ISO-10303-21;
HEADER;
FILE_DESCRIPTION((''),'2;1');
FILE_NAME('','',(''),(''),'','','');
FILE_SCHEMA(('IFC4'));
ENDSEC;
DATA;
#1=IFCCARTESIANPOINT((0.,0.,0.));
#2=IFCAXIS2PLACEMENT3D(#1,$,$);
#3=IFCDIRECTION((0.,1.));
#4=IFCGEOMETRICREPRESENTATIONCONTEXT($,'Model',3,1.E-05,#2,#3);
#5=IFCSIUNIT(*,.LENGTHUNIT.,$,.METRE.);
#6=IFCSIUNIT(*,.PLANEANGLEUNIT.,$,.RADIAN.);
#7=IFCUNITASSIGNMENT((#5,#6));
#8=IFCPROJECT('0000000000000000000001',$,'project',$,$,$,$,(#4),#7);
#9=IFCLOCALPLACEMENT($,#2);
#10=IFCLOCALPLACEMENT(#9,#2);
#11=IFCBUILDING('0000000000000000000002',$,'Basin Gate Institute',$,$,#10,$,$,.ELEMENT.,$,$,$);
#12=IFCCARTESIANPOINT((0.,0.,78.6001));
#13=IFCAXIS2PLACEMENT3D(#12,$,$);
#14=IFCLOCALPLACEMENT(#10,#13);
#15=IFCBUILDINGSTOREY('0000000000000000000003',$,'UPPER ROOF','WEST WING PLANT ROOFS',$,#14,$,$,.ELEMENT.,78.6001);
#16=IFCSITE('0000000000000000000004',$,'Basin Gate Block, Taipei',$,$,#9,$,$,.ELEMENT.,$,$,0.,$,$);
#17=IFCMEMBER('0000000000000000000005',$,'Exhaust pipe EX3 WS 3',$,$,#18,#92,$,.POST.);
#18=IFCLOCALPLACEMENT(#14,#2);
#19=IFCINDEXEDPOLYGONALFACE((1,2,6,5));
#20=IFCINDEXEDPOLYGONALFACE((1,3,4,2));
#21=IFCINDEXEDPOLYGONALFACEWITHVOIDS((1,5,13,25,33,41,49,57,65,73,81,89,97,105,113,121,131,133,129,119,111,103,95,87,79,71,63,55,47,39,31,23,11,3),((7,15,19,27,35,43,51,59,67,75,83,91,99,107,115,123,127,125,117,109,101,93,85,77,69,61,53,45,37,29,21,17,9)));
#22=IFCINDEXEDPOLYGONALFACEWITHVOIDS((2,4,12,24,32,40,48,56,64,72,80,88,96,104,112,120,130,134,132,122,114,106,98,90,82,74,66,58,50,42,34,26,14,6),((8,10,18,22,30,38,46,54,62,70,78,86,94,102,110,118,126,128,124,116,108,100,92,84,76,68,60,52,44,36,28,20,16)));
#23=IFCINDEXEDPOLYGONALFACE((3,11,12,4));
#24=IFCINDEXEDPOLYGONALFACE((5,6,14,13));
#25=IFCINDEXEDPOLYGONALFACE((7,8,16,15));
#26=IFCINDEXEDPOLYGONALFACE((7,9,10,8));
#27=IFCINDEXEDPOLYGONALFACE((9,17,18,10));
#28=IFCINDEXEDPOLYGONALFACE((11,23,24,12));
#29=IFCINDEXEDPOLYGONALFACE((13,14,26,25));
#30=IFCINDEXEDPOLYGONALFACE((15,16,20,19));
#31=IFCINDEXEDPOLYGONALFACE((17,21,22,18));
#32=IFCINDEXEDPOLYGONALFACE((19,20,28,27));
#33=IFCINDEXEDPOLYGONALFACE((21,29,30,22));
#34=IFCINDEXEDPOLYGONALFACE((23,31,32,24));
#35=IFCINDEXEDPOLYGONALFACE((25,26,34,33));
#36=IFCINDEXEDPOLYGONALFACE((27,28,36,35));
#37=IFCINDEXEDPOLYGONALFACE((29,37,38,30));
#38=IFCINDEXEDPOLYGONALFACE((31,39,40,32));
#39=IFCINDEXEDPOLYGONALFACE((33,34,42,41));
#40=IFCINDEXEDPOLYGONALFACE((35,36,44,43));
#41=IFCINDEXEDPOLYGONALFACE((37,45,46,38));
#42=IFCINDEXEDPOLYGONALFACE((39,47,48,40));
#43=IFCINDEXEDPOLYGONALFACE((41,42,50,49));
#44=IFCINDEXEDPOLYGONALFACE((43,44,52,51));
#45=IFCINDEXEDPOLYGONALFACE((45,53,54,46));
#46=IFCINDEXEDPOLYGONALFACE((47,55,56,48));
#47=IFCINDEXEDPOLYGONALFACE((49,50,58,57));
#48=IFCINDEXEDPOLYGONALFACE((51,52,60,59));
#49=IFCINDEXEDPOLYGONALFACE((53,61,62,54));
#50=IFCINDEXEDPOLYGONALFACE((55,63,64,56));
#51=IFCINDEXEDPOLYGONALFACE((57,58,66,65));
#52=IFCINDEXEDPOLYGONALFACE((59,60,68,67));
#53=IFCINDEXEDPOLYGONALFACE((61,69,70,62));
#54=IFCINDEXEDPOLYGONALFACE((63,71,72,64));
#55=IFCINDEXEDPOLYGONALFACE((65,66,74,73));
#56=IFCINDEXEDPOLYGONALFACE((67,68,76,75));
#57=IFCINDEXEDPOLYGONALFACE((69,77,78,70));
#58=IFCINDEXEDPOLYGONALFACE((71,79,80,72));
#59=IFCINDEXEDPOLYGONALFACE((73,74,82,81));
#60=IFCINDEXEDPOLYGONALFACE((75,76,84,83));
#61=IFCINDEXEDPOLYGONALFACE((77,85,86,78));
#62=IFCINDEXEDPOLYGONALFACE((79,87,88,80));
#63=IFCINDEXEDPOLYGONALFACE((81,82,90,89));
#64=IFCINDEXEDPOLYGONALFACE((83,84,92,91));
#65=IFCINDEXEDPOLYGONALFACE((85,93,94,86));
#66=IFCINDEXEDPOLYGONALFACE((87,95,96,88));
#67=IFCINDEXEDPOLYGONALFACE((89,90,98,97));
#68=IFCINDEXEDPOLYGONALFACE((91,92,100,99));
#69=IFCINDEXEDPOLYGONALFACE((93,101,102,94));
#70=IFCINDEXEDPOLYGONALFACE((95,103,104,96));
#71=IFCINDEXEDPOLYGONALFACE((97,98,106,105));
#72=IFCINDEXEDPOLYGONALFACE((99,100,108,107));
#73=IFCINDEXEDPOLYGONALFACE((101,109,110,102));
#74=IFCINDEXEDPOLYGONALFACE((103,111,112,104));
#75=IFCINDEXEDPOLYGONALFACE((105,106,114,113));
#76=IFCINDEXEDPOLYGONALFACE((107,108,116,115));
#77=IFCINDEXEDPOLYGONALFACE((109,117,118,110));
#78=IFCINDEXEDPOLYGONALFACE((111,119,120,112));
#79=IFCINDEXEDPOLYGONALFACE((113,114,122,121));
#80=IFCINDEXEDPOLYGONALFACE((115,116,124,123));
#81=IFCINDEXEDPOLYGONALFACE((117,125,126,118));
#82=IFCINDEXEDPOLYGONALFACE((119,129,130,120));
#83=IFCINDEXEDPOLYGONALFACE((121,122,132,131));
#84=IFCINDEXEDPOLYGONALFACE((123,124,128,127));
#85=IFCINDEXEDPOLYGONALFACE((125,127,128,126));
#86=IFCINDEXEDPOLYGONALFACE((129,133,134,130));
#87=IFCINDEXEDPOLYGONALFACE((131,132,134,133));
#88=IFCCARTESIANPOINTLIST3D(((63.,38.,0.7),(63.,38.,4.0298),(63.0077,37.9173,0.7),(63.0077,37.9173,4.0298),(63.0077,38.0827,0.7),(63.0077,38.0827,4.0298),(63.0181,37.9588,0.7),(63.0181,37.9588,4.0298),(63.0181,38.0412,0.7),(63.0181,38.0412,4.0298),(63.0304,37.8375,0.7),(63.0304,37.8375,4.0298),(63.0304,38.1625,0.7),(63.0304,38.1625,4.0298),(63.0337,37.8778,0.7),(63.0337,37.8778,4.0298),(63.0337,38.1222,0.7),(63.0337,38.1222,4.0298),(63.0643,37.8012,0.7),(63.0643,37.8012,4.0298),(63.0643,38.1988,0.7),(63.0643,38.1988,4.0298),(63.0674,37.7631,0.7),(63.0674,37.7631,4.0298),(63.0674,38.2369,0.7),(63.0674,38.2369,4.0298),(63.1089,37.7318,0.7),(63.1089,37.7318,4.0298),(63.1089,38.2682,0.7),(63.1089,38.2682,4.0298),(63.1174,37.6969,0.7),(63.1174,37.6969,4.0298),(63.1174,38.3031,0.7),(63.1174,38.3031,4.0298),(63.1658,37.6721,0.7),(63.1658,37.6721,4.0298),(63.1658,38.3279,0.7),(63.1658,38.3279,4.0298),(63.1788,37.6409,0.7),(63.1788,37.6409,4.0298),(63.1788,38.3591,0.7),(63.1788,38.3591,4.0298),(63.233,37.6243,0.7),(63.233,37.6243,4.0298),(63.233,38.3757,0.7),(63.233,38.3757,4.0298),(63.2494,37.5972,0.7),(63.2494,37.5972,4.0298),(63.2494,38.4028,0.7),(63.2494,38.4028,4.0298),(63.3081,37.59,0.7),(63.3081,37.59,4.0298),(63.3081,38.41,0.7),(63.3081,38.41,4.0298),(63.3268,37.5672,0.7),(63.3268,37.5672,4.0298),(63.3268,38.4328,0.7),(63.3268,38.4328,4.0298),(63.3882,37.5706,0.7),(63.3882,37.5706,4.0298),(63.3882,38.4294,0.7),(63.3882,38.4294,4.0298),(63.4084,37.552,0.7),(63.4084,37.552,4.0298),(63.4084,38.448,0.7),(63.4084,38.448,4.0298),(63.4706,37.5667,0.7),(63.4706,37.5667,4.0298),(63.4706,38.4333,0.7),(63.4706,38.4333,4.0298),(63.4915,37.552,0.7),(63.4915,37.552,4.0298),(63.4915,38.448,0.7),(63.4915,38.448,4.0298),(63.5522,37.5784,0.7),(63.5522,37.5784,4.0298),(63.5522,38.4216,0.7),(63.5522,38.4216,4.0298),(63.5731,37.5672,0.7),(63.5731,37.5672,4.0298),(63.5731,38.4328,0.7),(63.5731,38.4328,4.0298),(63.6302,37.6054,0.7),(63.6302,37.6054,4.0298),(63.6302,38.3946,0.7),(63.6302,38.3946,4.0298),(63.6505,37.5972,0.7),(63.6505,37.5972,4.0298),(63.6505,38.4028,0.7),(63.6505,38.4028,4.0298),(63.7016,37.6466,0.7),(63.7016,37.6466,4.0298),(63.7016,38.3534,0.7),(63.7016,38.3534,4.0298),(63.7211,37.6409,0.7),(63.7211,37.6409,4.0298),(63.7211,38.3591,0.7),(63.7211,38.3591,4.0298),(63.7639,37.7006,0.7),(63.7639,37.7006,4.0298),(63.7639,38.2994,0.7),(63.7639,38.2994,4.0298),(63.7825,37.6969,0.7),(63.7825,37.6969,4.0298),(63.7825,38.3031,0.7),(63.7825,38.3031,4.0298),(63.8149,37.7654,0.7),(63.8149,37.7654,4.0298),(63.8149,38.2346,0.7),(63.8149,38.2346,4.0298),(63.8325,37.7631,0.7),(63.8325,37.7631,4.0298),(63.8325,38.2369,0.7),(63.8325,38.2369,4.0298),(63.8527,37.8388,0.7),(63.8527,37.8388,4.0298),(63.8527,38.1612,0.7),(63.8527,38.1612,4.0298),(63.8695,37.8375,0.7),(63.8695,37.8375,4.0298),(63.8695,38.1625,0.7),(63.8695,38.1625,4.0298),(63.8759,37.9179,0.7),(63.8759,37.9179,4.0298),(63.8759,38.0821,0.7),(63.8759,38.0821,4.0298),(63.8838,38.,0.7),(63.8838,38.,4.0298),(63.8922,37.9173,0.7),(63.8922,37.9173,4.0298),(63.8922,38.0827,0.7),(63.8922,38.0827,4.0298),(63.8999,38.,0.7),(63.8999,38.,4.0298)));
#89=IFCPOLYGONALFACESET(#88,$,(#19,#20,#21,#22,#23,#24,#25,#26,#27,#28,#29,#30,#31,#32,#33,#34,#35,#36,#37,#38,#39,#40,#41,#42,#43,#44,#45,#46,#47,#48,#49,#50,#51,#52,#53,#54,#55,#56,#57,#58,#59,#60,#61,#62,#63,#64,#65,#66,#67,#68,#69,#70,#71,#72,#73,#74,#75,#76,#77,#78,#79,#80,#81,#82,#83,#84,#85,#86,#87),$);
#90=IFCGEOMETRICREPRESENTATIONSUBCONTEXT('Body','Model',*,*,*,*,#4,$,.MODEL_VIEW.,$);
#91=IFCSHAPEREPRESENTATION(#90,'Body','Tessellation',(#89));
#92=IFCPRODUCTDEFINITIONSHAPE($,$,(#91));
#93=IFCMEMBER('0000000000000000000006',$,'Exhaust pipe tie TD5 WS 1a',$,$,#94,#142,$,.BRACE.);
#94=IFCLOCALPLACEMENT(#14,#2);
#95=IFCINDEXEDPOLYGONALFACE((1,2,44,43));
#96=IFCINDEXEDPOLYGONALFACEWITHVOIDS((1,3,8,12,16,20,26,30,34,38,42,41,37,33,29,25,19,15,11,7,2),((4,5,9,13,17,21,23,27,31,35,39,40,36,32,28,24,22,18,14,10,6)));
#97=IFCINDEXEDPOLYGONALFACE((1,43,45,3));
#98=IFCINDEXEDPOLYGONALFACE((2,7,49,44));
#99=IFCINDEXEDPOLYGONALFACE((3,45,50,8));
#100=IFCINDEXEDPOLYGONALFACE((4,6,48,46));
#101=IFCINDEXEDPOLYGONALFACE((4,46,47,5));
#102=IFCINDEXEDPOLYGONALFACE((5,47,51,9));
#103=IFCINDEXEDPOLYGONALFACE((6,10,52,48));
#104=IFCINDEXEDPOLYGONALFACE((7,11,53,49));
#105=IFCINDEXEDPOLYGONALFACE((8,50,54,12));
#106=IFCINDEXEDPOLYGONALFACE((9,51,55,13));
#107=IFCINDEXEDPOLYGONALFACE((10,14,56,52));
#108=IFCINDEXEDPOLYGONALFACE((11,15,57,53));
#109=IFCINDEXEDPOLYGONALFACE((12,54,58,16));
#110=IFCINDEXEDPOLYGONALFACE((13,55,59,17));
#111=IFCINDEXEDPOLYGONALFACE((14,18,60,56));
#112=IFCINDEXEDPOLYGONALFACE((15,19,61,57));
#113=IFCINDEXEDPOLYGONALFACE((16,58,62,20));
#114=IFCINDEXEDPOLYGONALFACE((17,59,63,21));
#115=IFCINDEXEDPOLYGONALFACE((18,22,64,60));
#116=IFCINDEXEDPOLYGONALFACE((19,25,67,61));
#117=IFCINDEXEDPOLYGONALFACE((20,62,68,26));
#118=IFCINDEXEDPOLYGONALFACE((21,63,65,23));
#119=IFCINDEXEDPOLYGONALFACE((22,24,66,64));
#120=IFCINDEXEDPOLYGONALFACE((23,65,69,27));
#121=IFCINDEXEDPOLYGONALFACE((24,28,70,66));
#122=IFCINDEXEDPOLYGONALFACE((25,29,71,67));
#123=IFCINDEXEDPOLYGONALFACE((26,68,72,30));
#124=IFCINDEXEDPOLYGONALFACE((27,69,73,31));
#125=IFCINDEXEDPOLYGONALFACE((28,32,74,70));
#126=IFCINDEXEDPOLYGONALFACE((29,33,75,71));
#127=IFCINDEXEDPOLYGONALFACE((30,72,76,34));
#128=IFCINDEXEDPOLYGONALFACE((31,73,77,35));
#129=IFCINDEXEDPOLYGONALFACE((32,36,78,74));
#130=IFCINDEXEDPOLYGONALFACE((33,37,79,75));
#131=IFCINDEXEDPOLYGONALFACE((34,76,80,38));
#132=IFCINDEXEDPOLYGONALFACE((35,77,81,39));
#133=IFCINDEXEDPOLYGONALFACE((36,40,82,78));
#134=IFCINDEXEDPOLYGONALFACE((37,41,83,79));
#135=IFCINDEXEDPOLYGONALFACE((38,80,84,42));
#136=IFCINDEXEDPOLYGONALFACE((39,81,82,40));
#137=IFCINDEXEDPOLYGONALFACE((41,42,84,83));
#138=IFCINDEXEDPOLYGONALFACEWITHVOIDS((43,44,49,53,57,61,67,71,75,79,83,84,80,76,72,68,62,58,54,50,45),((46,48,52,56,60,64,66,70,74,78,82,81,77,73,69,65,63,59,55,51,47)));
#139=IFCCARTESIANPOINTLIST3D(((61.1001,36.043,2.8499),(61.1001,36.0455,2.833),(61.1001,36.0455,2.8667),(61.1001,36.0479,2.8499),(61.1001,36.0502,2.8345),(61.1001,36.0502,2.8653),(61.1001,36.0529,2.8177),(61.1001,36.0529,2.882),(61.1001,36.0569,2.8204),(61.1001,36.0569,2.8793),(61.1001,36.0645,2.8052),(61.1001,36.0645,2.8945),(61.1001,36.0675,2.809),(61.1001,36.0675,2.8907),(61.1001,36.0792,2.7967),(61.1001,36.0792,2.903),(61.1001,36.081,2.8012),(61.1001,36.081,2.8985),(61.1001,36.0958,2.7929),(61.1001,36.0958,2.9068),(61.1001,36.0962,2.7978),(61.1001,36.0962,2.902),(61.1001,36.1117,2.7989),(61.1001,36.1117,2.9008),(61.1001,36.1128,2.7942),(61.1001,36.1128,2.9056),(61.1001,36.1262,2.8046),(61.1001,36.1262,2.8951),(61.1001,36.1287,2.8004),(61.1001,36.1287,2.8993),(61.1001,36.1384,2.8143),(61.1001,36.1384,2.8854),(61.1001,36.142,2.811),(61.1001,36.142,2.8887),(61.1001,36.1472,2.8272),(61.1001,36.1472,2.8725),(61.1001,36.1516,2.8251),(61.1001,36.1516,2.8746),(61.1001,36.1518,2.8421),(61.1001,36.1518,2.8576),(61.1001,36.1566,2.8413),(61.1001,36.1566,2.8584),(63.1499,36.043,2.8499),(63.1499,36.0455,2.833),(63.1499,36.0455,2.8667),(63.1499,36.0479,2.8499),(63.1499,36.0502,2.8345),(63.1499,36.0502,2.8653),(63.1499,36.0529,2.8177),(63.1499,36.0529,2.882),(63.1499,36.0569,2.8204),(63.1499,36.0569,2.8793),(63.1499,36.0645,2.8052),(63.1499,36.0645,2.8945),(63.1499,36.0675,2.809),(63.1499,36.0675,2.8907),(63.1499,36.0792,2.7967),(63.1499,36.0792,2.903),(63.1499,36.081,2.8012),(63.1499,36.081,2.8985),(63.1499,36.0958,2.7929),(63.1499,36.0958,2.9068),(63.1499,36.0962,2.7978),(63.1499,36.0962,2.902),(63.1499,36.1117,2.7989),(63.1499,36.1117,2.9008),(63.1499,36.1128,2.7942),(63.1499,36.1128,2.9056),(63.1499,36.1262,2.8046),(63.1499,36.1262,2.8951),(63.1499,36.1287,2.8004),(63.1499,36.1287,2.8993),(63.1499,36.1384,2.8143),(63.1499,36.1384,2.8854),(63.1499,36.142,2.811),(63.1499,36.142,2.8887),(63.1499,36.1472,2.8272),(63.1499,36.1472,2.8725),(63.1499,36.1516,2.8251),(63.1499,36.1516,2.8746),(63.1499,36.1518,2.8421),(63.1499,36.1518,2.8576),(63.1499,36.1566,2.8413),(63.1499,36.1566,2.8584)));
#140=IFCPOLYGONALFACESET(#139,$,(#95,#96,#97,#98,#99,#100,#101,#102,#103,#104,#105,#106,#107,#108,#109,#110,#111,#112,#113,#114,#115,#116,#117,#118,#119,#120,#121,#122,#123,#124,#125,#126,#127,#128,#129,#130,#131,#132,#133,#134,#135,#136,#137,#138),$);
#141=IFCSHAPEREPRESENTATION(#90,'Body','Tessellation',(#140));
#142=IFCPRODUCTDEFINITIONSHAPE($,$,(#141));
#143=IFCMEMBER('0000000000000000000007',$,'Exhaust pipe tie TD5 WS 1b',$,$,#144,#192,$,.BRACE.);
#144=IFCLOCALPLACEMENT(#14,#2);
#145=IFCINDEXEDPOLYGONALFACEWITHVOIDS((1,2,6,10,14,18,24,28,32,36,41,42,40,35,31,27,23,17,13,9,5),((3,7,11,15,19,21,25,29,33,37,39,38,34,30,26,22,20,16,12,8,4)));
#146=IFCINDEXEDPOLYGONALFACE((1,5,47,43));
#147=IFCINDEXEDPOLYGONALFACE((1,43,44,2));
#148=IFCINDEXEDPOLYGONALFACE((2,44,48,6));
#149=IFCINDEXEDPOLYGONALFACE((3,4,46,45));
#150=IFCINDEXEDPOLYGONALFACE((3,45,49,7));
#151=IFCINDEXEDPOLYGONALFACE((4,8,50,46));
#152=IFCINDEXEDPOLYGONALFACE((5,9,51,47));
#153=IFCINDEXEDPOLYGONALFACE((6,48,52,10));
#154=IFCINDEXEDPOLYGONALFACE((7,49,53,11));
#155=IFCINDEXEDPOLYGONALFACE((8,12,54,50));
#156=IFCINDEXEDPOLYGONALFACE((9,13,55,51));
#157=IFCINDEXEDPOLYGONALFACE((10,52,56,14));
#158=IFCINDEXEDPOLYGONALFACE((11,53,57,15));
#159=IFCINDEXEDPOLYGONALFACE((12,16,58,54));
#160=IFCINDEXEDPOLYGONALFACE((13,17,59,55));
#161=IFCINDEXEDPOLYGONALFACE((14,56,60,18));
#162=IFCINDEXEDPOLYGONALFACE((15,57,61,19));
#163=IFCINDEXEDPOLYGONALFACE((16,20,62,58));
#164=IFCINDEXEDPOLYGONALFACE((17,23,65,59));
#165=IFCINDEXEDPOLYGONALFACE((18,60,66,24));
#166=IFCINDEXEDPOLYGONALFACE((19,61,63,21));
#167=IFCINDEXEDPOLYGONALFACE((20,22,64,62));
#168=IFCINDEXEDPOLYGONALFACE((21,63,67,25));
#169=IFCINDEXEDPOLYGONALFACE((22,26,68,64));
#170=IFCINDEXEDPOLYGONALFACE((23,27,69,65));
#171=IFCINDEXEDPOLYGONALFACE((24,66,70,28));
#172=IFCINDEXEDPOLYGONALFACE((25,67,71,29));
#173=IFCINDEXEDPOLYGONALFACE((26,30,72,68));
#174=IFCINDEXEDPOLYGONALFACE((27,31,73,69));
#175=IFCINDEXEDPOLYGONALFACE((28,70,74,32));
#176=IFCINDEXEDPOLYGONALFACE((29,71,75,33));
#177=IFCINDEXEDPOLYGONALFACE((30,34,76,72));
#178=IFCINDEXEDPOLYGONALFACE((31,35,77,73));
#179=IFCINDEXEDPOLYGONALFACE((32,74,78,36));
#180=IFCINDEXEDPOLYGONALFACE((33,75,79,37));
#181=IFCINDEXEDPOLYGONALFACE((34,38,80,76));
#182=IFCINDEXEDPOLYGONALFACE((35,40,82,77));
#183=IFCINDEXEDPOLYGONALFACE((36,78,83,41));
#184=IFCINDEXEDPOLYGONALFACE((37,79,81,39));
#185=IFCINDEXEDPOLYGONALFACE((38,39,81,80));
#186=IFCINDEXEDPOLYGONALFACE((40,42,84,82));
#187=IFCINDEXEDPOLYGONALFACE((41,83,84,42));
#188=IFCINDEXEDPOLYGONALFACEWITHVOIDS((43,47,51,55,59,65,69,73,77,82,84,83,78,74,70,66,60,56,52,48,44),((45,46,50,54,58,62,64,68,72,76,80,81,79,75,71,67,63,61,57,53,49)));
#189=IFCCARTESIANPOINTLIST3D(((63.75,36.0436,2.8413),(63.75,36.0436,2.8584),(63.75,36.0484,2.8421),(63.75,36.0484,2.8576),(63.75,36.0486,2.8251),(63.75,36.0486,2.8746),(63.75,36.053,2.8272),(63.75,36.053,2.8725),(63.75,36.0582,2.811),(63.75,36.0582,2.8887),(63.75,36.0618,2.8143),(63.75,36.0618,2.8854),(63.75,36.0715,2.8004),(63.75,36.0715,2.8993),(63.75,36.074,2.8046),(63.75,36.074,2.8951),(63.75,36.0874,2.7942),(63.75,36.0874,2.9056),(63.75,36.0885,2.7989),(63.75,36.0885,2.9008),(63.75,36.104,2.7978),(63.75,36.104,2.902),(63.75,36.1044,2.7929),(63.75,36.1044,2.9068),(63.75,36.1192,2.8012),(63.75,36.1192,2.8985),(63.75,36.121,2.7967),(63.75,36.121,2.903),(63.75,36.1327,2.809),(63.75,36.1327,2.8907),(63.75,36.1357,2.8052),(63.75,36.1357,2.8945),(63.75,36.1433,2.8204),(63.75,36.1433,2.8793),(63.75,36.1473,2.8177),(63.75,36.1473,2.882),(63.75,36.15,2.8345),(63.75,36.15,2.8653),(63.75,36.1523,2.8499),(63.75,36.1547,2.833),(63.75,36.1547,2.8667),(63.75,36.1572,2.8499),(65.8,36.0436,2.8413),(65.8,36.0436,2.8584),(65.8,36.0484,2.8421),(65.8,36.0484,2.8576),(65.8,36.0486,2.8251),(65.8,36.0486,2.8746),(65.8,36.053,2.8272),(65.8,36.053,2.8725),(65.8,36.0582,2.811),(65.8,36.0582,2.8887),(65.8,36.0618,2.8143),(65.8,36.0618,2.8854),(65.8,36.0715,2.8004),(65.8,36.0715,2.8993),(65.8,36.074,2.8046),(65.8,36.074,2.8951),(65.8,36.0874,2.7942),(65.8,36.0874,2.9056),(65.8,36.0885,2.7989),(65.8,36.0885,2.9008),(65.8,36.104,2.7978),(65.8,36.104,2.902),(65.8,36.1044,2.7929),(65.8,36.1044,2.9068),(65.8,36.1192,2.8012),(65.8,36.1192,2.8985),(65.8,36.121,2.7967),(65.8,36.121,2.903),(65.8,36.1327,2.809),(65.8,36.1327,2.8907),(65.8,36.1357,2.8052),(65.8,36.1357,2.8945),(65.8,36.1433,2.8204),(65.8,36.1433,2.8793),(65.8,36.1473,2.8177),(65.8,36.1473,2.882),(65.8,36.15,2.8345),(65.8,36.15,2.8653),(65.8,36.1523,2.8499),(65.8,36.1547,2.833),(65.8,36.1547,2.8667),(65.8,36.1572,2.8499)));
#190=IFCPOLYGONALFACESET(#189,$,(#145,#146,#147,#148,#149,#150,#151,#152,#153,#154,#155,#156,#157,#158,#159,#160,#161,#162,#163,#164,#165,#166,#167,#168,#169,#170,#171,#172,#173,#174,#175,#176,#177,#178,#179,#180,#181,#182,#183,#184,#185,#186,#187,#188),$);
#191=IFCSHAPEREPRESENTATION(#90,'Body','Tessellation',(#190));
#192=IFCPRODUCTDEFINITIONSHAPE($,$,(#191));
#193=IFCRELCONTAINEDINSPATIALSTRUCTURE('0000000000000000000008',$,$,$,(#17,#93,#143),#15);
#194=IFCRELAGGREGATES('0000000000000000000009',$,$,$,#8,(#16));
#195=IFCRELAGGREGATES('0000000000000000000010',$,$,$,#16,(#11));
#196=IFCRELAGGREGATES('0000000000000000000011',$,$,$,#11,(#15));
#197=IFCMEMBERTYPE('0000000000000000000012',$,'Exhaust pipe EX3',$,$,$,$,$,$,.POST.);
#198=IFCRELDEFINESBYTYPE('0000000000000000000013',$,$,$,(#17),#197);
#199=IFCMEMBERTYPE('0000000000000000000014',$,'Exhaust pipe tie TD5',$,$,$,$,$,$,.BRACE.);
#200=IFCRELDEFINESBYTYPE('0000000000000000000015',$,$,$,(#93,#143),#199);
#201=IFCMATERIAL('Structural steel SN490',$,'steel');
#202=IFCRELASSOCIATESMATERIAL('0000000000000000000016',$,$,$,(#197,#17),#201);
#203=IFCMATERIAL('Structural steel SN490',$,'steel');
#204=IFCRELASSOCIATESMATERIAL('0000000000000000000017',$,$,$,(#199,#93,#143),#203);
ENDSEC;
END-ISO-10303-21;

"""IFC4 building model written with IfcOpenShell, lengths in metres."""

from ifc_helpers import new_model, si_unit, direction, frame, origin, origin_2d, place, context, subcontext, project, spatial, hollow_circle, extrude, material, material_profile, profile_set, type_object, element, save


model = new_model("IFC4")

# Units and contexts
model_context = context("Model", 3, precision=1e-05, world=origin(), true_north=direction((0.0, 1.0)))
body_context = subcontext(model_context, "Body", "Model", "MODEL_VIEW")
ifc_project = project(units=[si_unit("LENGTHUNIT", "METRE"), si_unit("PLANEANGLEUNIT", "RADIAN")], contexts=[model_context])

# Site, building, storey
site_placement = place(None, origin())
site = spatial("IfcSite", under=ifc_project, at=site_placement, Name="Basin Gate Block, Taipei", CompositionType="ELEMENT", RefElevation=0.0)
building_placement = place(site_placement, origin())
building = spatial("IfcBuilding", under=site, at=building_placement, Name="Basin Gate Institute", CompositionType="ELEMENT")
storey_placement = place(building_placement, frame((0.0, 0.0, 78.6001)))
storey = spatial("IfcBuildingStorey", under=building, at=storey_placement, Name="UPPER ROOF", Description="WEST WING PLANT ROOFS", CompositionType="ELEMENT", Elevation=78.6001)

# Members
ifc_material_1 = material(Name="Structural steel SN490", Category="steel")
ifc_material_profile_1 = material_profile(ifc_material_1, hollow_circle(Radius=0.45, WallThickness=0.0161, at=origin_2d()), Name="CHS900x16")
ifc_profile_set_1 = profile_set([ifc_material_profile_1], Name="Structural steel SN490")
member_type_1 = type_object("IfcMemberType", Name="Exhaust pipe EX3", PredefinedType="POST", material=ifc_profile_set_1)
member_1_placement = place(storey_placement, frame((63.45, 38.0, 0.7), z_axis=(0.0, 0.0, 1.0), x_axis=(1.0, 0.0, 0.0)))
element("IfcMember", 1, at=member_1_placement, inside=storey, type_object=member_type_1, material=ifc_profile_set_1, Name="Exhaust pipe EX3 WS 3", PredefinedType="POST", context=body_context, shape_type="SweptSolid", body=[
    extrude(hollow_circle(Radius=0.45, WallThickness=0.0161, at=origin_2d()), origin(), (0.0, 0.0, 1.0), 3.3298),
])
ifc_material_2 = material(Name="Structural steel SN490", Category="steel")
ifc_material_profile_2 = material_profile(ifc_material_2, hollow_circle(Radius=0.0571, WallThickness=0.0049, at=origin_2d()), Name="CHS114x5")
ifc_profile_set_2 = profile_set([ifc_material_profile_2], Name="Structural steel SN490")
member_type_2 = type_object("IfcMemberType", Name="Exhaust pipe tie TD5", PredefinedType="BRACE", material=ifc_profile_set_2)
member_2_placement = place(storey_placement, frame((63.1499, 36.1001, 2.8499), z_axis=(-1.0, 0.0, 0.0), x_axis=(0.0, -1.0, 0.0)))
element("IfcMember", 2, at=member_2_placement, inside=storey, type_object=member_type_2, material=ifc_profile_set_2, Name="Exhaust pipe tie TD5 WS 1a", PredefinedType="BRACE", context=body_context, shape_type="SweptSolid", body=[
    extrude(hollow_circle(Radius=0.0571, WallThickness=0.0049, at=origin_2d()), origin(), (0.0, 0.0, 1.0), 2.0498),
])
member_3_placement = place(storey_placement, frame((63.75, 36.1001, 2.8499), z_axis=(1.0, 0.0, 0.0), x_axis=(0.0, 1.0, 0.0)))
element("IfcMember", 3, at=member_3_placement, inside=storey, type_object=member_type_2, material=ifc_profile_set_2, Name="Exhaust pipe tie TD5 WS 1b", PredefinedType="BRACE", context=body_context, shape_type="SweptSolid", body=[
    extrude(hollow_circle(Radius=0.0571, WallThickness=0.0049, at=origin_2d()), origin(), (0.0, 0.0, 1.0), 2.05),
])

save(model, "model.ifc")
